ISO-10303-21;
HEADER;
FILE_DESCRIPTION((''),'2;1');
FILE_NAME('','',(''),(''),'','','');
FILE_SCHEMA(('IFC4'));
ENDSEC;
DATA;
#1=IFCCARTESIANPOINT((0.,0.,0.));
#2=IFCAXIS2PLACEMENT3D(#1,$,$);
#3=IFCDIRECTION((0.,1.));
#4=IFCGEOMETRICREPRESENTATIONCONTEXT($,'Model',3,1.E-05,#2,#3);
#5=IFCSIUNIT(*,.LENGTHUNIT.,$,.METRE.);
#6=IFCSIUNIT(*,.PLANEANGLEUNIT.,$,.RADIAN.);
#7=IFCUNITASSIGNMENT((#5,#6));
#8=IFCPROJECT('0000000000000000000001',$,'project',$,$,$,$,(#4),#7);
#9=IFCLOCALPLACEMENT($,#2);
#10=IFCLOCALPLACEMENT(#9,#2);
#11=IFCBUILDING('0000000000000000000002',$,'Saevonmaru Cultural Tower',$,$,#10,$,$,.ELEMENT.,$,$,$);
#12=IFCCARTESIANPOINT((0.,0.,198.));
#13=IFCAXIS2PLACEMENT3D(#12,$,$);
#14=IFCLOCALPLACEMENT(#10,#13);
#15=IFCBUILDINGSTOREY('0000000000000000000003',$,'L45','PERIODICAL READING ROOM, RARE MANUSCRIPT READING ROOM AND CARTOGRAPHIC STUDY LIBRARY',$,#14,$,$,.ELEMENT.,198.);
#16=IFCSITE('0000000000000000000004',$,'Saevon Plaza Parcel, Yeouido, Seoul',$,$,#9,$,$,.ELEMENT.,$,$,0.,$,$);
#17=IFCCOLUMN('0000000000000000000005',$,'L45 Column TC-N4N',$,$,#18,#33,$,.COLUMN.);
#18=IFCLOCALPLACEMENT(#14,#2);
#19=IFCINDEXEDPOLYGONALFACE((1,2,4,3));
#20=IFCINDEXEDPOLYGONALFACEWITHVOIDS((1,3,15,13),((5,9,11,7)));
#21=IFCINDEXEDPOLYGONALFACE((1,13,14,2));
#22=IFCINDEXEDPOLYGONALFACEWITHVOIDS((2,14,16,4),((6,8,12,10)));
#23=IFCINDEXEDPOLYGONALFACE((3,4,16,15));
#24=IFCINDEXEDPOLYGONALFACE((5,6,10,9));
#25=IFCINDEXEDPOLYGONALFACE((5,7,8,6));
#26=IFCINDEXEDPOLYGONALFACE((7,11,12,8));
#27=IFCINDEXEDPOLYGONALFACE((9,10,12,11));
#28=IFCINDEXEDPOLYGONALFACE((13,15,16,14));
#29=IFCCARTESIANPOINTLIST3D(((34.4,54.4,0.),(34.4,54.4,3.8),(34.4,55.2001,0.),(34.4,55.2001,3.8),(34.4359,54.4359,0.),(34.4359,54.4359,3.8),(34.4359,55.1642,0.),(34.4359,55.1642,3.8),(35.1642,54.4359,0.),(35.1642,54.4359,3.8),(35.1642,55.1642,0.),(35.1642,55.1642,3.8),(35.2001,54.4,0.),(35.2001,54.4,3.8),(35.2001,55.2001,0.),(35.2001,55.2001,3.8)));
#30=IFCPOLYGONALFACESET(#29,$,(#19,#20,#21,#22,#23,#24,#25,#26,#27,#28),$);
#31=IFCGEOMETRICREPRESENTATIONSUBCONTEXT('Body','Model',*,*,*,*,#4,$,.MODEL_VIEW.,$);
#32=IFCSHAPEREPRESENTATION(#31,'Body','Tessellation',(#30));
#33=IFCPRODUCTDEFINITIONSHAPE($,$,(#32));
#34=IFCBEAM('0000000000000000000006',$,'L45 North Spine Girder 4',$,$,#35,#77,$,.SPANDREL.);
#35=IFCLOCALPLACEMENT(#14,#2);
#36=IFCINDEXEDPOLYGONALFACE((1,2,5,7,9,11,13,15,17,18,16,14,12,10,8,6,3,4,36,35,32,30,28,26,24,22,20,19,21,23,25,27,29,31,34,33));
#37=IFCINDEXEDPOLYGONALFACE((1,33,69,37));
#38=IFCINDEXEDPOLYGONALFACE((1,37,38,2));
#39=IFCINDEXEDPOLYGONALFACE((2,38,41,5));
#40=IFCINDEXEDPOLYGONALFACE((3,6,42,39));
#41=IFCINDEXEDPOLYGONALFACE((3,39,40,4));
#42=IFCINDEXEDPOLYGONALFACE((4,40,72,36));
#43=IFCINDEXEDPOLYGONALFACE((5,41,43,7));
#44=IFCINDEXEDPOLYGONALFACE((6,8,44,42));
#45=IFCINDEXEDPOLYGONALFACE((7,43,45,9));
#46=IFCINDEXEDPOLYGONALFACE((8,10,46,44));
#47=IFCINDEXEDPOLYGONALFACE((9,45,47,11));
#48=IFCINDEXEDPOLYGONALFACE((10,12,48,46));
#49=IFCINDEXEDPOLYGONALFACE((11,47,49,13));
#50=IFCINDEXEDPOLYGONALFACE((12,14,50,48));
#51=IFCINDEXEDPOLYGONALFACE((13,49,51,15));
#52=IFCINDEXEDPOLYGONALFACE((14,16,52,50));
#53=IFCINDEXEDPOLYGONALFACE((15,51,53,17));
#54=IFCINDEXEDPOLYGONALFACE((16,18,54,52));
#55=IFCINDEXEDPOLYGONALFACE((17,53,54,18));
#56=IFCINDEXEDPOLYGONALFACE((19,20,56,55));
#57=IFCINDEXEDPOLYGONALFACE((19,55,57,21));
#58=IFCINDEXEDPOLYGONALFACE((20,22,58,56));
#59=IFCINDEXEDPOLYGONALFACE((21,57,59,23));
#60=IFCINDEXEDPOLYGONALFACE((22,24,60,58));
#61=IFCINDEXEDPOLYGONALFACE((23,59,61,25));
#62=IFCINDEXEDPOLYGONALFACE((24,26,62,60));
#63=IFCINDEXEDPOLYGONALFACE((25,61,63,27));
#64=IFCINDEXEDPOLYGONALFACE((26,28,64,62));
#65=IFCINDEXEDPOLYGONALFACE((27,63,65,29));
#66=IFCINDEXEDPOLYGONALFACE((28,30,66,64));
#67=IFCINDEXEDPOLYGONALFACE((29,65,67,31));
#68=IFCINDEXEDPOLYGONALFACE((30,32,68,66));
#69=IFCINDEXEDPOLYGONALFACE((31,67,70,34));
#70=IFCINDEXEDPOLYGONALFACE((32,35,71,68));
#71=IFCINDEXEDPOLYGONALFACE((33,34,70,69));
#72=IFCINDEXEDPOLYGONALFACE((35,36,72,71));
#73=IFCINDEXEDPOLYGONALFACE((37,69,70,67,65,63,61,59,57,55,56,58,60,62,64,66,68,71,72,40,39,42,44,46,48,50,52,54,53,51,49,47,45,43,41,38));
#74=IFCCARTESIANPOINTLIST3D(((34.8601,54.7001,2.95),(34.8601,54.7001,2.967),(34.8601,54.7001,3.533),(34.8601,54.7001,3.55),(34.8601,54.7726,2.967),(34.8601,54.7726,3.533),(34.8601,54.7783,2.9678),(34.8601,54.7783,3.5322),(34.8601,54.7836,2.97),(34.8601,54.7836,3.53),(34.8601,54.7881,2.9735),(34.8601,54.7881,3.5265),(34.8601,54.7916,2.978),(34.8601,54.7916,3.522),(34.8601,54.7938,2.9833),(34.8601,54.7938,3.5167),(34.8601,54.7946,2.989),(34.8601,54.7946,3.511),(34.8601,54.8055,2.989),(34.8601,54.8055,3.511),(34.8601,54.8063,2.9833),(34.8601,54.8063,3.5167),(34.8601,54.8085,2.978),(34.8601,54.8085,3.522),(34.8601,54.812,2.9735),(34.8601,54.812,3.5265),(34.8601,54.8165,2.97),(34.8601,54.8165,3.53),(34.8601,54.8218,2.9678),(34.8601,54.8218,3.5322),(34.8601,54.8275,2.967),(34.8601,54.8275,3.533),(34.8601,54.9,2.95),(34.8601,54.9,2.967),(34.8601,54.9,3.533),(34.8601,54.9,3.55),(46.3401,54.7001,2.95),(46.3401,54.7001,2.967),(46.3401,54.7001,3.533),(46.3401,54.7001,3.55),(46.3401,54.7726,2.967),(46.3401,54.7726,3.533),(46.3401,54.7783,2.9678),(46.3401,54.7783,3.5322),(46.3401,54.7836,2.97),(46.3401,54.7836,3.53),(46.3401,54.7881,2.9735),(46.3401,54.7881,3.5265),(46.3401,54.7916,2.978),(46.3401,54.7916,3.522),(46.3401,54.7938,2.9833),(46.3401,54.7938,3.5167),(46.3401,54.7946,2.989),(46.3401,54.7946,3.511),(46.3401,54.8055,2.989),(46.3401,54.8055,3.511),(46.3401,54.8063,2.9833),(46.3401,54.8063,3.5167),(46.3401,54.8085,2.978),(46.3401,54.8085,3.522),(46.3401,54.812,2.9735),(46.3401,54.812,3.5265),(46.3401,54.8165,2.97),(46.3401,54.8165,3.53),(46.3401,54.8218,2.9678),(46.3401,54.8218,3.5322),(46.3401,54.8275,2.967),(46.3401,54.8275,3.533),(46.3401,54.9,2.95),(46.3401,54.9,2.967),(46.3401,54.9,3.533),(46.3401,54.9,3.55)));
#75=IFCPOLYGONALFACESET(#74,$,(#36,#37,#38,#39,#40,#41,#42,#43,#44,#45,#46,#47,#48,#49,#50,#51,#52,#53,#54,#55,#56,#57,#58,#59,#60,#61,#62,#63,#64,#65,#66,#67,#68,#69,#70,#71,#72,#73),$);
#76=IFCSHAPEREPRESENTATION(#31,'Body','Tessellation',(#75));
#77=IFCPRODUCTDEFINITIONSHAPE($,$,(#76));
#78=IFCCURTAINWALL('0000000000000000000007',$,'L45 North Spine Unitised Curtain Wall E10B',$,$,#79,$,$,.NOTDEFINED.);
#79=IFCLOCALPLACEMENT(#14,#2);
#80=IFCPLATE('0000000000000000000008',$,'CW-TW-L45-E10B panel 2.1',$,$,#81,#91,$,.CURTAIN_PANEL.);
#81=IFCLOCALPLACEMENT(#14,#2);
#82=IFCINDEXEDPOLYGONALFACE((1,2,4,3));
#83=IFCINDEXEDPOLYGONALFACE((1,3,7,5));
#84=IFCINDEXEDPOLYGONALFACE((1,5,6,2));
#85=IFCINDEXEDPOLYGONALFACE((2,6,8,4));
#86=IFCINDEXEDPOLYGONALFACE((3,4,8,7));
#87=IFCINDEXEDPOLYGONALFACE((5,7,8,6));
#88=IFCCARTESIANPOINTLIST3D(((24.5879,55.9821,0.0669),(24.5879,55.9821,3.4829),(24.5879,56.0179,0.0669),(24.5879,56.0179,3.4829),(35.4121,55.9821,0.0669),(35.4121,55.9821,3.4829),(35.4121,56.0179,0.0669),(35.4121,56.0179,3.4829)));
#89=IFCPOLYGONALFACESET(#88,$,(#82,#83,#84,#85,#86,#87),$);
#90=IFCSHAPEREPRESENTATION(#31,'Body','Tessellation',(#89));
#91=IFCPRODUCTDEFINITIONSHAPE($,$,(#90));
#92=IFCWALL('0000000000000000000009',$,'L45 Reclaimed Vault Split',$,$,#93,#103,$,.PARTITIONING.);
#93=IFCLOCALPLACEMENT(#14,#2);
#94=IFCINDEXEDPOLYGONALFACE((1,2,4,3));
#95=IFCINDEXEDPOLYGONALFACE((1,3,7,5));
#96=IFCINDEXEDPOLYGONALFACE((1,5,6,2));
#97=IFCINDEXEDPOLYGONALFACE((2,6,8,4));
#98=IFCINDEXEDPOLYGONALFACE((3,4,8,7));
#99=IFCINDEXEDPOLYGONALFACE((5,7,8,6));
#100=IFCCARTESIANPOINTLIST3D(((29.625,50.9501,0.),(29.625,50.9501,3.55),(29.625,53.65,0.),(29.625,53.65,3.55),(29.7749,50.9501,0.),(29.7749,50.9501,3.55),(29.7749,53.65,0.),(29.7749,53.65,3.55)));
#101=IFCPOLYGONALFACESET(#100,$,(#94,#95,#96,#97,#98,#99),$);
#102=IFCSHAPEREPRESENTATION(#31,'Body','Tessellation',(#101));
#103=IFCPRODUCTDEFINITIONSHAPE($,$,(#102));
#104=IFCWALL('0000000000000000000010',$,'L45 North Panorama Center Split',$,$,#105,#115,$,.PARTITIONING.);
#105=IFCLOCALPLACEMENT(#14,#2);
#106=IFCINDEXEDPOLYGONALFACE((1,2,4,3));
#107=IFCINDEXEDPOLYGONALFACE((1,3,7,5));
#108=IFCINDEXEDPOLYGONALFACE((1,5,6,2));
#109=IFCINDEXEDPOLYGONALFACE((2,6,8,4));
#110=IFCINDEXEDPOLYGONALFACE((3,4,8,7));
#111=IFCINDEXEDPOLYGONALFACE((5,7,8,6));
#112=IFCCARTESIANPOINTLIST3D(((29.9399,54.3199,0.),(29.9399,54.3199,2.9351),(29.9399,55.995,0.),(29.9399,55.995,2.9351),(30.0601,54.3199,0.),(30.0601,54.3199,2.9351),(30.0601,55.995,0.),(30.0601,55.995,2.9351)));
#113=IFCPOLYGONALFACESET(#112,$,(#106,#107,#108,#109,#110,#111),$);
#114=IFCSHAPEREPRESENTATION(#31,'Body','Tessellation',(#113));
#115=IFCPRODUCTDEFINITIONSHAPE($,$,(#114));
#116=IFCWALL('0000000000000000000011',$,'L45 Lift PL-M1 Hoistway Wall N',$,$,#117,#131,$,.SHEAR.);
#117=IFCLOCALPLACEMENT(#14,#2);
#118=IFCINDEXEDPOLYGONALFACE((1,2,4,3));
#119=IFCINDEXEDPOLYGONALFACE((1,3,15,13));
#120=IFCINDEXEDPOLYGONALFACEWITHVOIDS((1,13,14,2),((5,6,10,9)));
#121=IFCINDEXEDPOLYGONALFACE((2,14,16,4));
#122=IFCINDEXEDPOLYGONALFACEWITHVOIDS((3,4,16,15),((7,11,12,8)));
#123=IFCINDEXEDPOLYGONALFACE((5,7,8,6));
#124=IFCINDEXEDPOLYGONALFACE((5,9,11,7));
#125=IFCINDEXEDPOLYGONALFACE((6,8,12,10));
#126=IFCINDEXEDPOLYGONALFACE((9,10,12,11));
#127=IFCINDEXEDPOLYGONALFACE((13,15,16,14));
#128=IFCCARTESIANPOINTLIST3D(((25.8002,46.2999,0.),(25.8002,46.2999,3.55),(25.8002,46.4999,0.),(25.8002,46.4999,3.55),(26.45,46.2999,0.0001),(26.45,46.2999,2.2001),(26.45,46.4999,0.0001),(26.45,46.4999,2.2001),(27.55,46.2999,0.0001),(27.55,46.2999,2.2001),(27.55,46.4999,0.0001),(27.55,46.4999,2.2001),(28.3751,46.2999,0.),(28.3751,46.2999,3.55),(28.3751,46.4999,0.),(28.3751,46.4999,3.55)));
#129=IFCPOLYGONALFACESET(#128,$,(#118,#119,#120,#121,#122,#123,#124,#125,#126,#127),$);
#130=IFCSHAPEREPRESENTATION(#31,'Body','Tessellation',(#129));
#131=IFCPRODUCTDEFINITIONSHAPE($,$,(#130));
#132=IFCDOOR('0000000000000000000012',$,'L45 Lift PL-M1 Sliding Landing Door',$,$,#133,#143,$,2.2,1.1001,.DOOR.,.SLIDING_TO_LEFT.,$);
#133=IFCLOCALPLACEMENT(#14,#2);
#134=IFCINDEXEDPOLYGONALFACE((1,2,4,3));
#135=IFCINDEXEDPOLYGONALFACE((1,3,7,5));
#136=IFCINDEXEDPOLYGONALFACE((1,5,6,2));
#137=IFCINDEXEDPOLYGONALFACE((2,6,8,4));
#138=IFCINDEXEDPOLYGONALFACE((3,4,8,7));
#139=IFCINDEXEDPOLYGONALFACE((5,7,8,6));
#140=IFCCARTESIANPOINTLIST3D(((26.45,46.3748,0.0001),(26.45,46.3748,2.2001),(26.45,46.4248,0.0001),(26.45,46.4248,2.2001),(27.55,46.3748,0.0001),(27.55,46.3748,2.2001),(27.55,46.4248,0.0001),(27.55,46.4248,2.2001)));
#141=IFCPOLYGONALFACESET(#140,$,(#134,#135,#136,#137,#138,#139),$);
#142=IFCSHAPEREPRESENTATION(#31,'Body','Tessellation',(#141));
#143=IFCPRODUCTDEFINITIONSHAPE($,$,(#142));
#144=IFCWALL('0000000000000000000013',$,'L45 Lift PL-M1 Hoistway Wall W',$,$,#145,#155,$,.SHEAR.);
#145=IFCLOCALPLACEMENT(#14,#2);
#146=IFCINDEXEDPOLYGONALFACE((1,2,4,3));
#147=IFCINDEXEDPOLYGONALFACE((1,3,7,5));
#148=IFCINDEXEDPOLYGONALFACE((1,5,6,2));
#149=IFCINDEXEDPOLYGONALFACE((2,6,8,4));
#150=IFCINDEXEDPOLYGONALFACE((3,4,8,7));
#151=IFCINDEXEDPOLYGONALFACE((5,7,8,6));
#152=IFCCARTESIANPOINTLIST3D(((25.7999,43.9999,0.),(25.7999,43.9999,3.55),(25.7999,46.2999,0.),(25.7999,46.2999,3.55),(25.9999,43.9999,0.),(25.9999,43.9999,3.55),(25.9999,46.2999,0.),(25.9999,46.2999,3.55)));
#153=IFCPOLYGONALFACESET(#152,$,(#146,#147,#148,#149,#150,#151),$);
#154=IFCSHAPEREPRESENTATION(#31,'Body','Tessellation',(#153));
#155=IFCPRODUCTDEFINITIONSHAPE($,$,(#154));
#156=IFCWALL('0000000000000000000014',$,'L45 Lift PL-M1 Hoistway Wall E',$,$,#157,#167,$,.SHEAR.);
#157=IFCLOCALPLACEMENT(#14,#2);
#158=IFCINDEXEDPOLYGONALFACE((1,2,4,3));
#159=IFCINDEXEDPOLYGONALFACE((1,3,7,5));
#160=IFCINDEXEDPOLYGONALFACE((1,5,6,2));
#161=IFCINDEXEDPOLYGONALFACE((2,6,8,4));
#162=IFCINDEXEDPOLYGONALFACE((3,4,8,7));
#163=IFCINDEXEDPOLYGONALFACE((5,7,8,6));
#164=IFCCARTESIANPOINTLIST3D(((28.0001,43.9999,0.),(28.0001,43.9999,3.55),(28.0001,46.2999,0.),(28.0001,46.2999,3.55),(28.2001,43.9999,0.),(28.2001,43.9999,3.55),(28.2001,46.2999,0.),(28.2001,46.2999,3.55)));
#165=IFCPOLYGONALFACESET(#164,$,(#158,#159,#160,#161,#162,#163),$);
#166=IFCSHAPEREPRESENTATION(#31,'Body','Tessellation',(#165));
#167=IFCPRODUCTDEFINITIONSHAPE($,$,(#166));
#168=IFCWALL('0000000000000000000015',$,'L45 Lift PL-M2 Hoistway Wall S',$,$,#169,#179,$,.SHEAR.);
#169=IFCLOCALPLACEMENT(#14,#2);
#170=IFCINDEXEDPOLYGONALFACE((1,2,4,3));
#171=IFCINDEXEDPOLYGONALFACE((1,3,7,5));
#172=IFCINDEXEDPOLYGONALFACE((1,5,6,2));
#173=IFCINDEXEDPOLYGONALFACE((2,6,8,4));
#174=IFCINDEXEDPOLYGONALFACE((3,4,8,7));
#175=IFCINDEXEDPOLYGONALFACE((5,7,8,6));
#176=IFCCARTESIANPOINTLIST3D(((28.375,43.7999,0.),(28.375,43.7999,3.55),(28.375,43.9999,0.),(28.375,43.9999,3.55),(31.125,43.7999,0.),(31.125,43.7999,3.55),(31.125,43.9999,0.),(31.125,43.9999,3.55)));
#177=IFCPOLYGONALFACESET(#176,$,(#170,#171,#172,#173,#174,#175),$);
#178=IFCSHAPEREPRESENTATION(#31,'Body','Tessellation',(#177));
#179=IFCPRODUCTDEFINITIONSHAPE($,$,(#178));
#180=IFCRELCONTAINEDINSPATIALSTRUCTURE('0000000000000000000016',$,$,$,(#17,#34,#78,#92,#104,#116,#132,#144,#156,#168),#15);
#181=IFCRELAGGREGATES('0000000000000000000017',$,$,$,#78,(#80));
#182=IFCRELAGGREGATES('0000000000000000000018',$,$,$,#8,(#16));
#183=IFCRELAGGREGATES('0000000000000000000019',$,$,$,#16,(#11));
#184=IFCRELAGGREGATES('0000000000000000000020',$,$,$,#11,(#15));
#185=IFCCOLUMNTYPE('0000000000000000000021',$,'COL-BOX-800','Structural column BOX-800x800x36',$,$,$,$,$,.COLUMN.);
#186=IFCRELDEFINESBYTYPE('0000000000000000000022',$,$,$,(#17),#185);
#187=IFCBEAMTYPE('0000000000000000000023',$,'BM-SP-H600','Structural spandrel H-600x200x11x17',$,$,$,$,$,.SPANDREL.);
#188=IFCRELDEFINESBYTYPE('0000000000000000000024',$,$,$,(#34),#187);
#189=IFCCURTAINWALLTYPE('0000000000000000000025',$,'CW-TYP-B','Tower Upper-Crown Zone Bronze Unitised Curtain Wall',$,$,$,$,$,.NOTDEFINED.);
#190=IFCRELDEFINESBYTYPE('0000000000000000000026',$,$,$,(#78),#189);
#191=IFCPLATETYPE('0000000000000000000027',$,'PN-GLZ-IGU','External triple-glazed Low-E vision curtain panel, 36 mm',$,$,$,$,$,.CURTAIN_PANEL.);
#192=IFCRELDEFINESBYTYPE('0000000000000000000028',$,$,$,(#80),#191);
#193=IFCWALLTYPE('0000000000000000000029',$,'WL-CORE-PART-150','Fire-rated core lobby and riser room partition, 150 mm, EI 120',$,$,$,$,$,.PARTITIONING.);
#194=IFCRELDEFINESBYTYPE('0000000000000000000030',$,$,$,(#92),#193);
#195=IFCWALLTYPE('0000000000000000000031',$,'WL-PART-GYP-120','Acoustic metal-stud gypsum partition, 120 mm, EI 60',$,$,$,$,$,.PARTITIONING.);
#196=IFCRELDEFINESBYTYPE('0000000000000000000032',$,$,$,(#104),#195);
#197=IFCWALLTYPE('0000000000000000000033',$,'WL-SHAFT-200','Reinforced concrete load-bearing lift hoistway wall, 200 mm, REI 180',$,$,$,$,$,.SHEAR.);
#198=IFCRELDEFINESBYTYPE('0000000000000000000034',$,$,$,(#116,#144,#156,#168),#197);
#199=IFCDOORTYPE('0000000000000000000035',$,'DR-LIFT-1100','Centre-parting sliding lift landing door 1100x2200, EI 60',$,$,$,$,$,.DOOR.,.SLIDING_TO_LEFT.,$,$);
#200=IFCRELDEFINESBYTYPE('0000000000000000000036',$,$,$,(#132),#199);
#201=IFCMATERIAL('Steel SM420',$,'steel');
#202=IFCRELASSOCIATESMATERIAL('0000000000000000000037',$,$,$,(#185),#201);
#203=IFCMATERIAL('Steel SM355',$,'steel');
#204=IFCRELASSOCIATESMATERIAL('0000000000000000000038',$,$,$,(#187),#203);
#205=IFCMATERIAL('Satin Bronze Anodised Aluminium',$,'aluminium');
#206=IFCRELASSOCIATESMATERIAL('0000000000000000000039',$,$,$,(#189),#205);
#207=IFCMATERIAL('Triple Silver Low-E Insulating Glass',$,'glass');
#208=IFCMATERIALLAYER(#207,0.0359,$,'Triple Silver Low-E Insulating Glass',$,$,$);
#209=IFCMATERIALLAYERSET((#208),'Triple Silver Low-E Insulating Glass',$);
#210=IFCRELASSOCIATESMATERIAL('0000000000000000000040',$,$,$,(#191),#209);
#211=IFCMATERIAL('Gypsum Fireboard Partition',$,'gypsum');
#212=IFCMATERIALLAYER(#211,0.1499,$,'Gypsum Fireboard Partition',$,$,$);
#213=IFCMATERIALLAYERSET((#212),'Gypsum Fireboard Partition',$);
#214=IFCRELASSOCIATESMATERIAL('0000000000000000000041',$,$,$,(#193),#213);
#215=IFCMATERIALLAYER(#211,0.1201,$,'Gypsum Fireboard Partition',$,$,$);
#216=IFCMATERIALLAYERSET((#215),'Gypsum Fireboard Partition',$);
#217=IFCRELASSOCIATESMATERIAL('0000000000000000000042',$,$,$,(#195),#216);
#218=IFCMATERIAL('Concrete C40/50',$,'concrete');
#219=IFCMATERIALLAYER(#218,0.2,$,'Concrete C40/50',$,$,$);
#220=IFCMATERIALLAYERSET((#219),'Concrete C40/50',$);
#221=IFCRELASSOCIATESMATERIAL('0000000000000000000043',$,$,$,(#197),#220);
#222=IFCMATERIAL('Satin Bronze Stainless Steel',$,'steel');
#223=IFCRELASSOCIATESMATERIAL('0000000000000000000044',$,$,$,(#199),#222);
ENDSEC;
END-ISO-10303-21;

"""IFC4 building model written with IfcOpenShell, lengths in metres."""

from ifc_helpers import new_model, si_unit, direction, frame, frame_2d, origin, origin_2d, place, context, subcontext, project, spatial, rectangle, hollow_rectangle, i_section, extrude, material, layer, layer_set, material_profile, profile_set, type_object, element, fill, aggregate, save


model = new_model("IFC4")

# Units and contexts
model_context = context("Model", 3, precision=1e-05, world=origin(), true_north=direction((0.0, 1.0)))
body_context = subcontext(model_context, "Body", "Model", "MODEL_VIEW")
ifc_project = project(units=[si_unit("LENGTHUNIT", "METRE"), si_unit("PLANEANGLEUNIT", "RADIAN")], contexts=[model_context])

# Site, building, storey
site_placement = place(None, origin())
site = spatial("IfcSite", under=ifc_project, at=site_placement, Name="Saevon Plaza Parcel, Yeouido, Seoul", CompositionType="ELEMENT", RefElevation=0.0)
building_placement = place(site_placement, origin())
building = spatial("IfcBuilding", under=site, at=building_placement, Name="Saevonmaru Cultural Tower", CompositionType="ELEMENT")
storey_placement = place(building_placement, frame((0.0, 0.0, 198.0)))
storey = spatial("IfcBuildingStorey", under=building, at=storey_placement, Name="L45", Description="PERIODICAL READING ROOM, RARE MANUSCRIPT READING ROOM AND CARTOGRAPHIC STUDY LIBRARY", CompositionType="ELEMENT", Elevation=198.0)

# Column
ifc_material_1 = material(Name="Steel SM420", Category="steel")
ifc_material_profile_1 = material_profile(ifc_material_1, hollow_rectangle(XDim=0.8, YDim=0.8, WallThickness=0.0359, at=origin_2d()), Name="BOX-800x800x36")
ifc_profile_set_1 = profile_set([ifc_material_profile_1], Name="Steel SM420")
column_type = type_object("IfcColumnType", Name="COL-BOX-800", Description="Structural column BOX-800x800x36", PredefinedType="COLUMN", material=ifc_profile_set_1)
column_placement = place(storey_placement, frame((34.8, 54.8, 0.0), z_axis=(0.0, 0.0, 1.0), x_axis=(1.0, 0.0, 0.0)))
element("IfcColumn", 1, at=column_placement, inside=storey, type_object=column_type, Name="L45 Column TC-N4N", PredefinedType="COLUMN", context=body_context, shape_type="SweptSolid", body=[
    extrude(hollow_rectangle(XDim=0.8, YDim=0.8, WallThickness=0.0359, at=origin_2d()), origin(), (0.0, 0.0, 1.0), 3.8),
])

# Beam
ifc_material_2 = material(Name="Steel SM355", Category="steel")
ifc_material_profile_2 = material_profile(ifc_material_2, i_section(OverallWidth=0.2, OverallDepth=0.6001, WebThickness=0.011, FlangeThickness=0.0171, FilletRadius=0.022, at=origin_2d()), Name="H-600x200x11x17")
ifc_profile_set_2 = profile_set([ifc_material_profile_2], Name="Steel SM355")
beam_type = type_object("IfcBeamType", Name="BM-SP-H600", Description="Structural spandrel H-600x200x11x17", PredefinedType="SPANDREL", material=ifc_profile_set_2)
beam_placement = place(storey_placement, frame((34.8601, 54.8, 3.25), z_axis=(1.0, 0.0, 0.0), x_axis=(0.0, 1.0, 0.0)))
element("IfcBeam", 2, at=beam_placement, inside=storey, type_object=beam_type, Name="L45 North Spine Girder 4", PredefinedType="SPANDREL", context=body_context, shape_type="SweptSolid", body=[
    extrude(i_section(OverallWidth=0.2, OverallDepth=0.6001, WebThickness=0.011, FlangeThickness=0.0171, FilletRadius=0.022, at=origin_2d()), origin(), (0.0, 0.0, 1.0), 11.48),
])

# Curtain wall, plate
ifc_material_3 = material(Name="Satin Bronze Anodised Aluminium", Category="aluminium")
curtain_wall_type = type_object("IfcCurtainWallType", Name="CW-TYP-B", Description="Tower Upper-Crown Zone Bronze Unitised Curtain Wall", PredefinedType="NOTDEFINED", material=ifc_material_3)
curtain_wall_placement = place(storey_placement, origin())
curtain_wall = element("IfcCurtainWall", 3, at=curtain_wall_placement, inside=storey, type_object=curtain_wall_type, Name="L45 North Spine Unitised Curtain Wall E10B", PredefinedType="NOTDEFINED")
ifc_material_4 = material(Name="Triple Silver Low-E Insulating Glass", Category="glass")
ifc_layer_1 = layer(ifc_material_4, 0.0359, Name="Triple Silver Low-E Insulating Glass")
ifc_layer_set_1 = layer_set([ifc_layer_1], Name="Triple Silver Low-E Insulating Glass")
plate_type = type_object("IfcPlateType", Name="PN-GLZ-IGU", Description="External triple-glazed Low-E vision curtain panel, 36 mm", PredefinedType="CURTAIN_PANEL", material=ifc_layer_set_1)
plate_placement = place(storey_placement, frame((30.0, 56.0, 0.0669), z_axis=(0.0, 0.0, 1.0), x_axis=(-1.0, 0.0, 0.0)))
plate = element("IfcPlate", 4, at=plate_placement, type_object=plate_type, Name="CW-TW-L45-E10B panel 2.1", PredefinedType="CURTAIN_PANEL", context=body_context, shape_type="SweptSolid", body=[
    extrude(rectangle(XDim=10.8242, YDim=0.0359, at=origin_2d()), origin(), (0.0, 0.0, 1.0), 3.416),
])
aggregate(curtain_wall, [plate])

# Shared definitions
ifc_material_5 = material(Name="Gypsum Fireboard Partition", Category="gypsum")
ifc_layer_2 = layer(ifc_material_5, 0.1499, Name="Gypsum Fireboard Partition")
ifc_layer_set_2 = layer_set([ifc_layer_2], Name="Gypsum Fireboard Partition")
wall_type_1 = type_object("IfcWallType", Name="WL-CORE-PART-150", Description="Fire-rated core lobby and riser room partition, 150 mm, EI 120", PredefinedType="PARTITIONING", material=ifc_layer_set_2)

# Walls
wall_1_placement = place(storey_placement, frame((29.7, 50.95, 0.0), z_axis=(0.0, 0.0, 1.0), x_axis=(0.0, 1.0, 0.0)))
element("IfcWall", 5, at=wall_1_placement, inside=storey, type_object=wall_type_1, Name="L45 Reclaimed Vault Split", PredefinedType="PARTITIONING", context=body_context, shape_type="SweptSolid", body=[
    extrude(rectangle(XDim=2.7, YDim=0.1499, at=frame_2d((1.3501, 0.0))), origin(), (0.0, 0.0, 1.0), 3.55),
])
ifc_layer_3 = layer(ifc_material_5, 0.1201, Name="Gypsum Fireboard Partition")
ifc_layer_set_3 = layer_set([ifc_layer_3], Name="Gypsum Fireboard Partition")
wall_type_2 = type_object("IfcWallType", Name="WL-PART-GYP-120", Description="Acoustic metal-stud gypsum partition, 120 mm, EI 60", PredefinedType="PARTITIONING", material=ifc_layer_set_3)
wall_2_placement = place(storey_placement, frame((30.0, 54.3201, 0.0), z_axis=(0.0, 0.0, 1.0), x_axis=(0.0, 1.0, 0.0)))
element("IfcWall", 6, at=wall_2_placement, inside=storey, type_object=wall_type_2, Name="L45 North Panorama Center Split", PredefinedType="PARTITIONING", context=body_context, shape_type="SweptSolid", body=[
    extrude(rectangle(XDim=1.675, YDim=0.1201, at=frame_2d((0.8374, 0.0))), origin(), (0.0, 0.0, 1.0), 2.9351),
])

# Wall, opening, door
ifc_material_6 = material(Name="Concrete C40/50", Category="concrete")
ifc_layer_4 = layer(ifc_material_6, 0.2, Name="Concrete C40/50")
ifc_layer_set_4 = layer_set([ifc_layer_4], Name="Concrete C40/50")
wall_type_3 = type_object("IfcWallType", Name="WL-SHAFT-200", Description="Reinforced concrete load-bearing lift hoistway wall, 200 mm, REI 180", PredefinedType="SHEAR", material=ifc_layer_set_4)
wall_3_placement = place(storey_placement, frame((25.8, 46.3999, 0.0), z_axis=(0.0, 0.0, 1.0), x_axis=(1.0, 0.0, 0.0)))
wall_3 = element("IfcWall", 7, at=wall_3_placement, inside=storey, type_object=wall_type_3, Name="L45 Lift PL-M1 Hoistway Wall N", PredefinedType="SHEAR", context=body_context, shape_type="SweptSolid", body=[
    extrude(rectangle(XDim=2.575, YDim=0.2, at=frame_2d((1.2876, 0.0))), origin(), (0.0, 0.0, 1.0), 3.55),
])
opening_1_placement = place(wall_3_placement, frame((0.6499, 0.0, 0.0)))
opening_1 = element("IfcOpeningElement", 8, at=opening_1_placement, cuts=wall_3, PredefinedType="OPENING", context=body_context, shape_type="SweptSolid", body=[
    extrude(rectangle(XDim=1.1001, YDim=2.2, at=frame_2d((0.55, 1.1001))), frame((0.0, 0.1099, 0.0), z_axis=(0.0, -1.0, 0.0), x_axis=(1.0, 0.0, 0.0)), (0.0, 0.0, 1.0), 0.22),
])
ifc_material_7 = material(Name="Satin Bronze Stainless Steel", Category="steel")
door_type_1 = type_object("IfcDoorType", Name="DR-LIFT-1100", Description="Centre-parting sliding lift landing door 1100x2200, EI 60", OperationType="SLIDING_TO_LEFT", PredefinedType="DOOR", material=ifc_material_7)
door_1_placement = place(opening_1_placement, origin())
door_1 = element("IfcDoor", 9, at=door_1_placement, inside=storey, type_object=door_type_1, Name="L45 Lift PL-M1 Sliding Landing Door", OperationType="SLIDING_TO_LEFT", OverallHeight=2.2, OverallWidth=1.1001, PredefinedType="DOOR", context=body_context, shape_type="SweptSolid", body=[
    extrude(rectangle(XDim=1.1001, YDim=2.2, at=frame_2d((0.55, 1.1001))), frame((0.0, 0.0249, 0.0), z_axis=(0.0, -1.0, 0.0), x_axis=(1.0, 0.0, 0.0)), (0.0, 0.0, 1.0), 0.05),
])
fill(opening_1, door_1)

# Walls
for number, where, z_axis, x_axis, name in (
    (10, (25.8999, 44.0, 0.0), (0.0, 0.0, 1.0), (0.0, 1.0, 0.0), "L45 Lift PL-M1 Hoistway Wall W"),
    (11, (28.1001, 44.0, 0.0), (0.0, 0.0, 1.0), (0.0, 1.0, 0.0), "L45 Lift PL-M1 Hoistway Wall E"),
):
    element("IfcWall", number, at=place(storey_placement, frame(where, z_axis=z_axis, x_axis=x_axis)), inside=storey, type_object=wall_type_3, Name=name, PredefinedType="SHEAR", context=body_context, shape_type="SweptSolid", body=[
        extrude(rectangle(XDim=2.3, YDim=0.2, at=frame_2d((1.1499, 0.0))), origin(), (0.0, 0.0, 1.0), 3.55),
    ])
wall_4_placement = place(storey_placement, frame((28.375, 43.8999, 0.0), z_axis=(0.0, 0.0, 1.0), x_axis=(1.0, 0.0, 0.0)))
element("IfcWall", 12, at=wall_4_placement, inside=storey, type_object=wall_type_3, Name="L45 Lift PL-M2 Hoistway Wall S", PredefinedType="SHEAR", context=body_context, shape_type="SweptSolid", body=[
    extrude(rectangle(XDim=2.75, YDim=0.2, at=frame_2d((1.375, 0.0))), origin(), (0.0, 0.0, 1.0), 3.55),
])

save(model, "model.ifc")
